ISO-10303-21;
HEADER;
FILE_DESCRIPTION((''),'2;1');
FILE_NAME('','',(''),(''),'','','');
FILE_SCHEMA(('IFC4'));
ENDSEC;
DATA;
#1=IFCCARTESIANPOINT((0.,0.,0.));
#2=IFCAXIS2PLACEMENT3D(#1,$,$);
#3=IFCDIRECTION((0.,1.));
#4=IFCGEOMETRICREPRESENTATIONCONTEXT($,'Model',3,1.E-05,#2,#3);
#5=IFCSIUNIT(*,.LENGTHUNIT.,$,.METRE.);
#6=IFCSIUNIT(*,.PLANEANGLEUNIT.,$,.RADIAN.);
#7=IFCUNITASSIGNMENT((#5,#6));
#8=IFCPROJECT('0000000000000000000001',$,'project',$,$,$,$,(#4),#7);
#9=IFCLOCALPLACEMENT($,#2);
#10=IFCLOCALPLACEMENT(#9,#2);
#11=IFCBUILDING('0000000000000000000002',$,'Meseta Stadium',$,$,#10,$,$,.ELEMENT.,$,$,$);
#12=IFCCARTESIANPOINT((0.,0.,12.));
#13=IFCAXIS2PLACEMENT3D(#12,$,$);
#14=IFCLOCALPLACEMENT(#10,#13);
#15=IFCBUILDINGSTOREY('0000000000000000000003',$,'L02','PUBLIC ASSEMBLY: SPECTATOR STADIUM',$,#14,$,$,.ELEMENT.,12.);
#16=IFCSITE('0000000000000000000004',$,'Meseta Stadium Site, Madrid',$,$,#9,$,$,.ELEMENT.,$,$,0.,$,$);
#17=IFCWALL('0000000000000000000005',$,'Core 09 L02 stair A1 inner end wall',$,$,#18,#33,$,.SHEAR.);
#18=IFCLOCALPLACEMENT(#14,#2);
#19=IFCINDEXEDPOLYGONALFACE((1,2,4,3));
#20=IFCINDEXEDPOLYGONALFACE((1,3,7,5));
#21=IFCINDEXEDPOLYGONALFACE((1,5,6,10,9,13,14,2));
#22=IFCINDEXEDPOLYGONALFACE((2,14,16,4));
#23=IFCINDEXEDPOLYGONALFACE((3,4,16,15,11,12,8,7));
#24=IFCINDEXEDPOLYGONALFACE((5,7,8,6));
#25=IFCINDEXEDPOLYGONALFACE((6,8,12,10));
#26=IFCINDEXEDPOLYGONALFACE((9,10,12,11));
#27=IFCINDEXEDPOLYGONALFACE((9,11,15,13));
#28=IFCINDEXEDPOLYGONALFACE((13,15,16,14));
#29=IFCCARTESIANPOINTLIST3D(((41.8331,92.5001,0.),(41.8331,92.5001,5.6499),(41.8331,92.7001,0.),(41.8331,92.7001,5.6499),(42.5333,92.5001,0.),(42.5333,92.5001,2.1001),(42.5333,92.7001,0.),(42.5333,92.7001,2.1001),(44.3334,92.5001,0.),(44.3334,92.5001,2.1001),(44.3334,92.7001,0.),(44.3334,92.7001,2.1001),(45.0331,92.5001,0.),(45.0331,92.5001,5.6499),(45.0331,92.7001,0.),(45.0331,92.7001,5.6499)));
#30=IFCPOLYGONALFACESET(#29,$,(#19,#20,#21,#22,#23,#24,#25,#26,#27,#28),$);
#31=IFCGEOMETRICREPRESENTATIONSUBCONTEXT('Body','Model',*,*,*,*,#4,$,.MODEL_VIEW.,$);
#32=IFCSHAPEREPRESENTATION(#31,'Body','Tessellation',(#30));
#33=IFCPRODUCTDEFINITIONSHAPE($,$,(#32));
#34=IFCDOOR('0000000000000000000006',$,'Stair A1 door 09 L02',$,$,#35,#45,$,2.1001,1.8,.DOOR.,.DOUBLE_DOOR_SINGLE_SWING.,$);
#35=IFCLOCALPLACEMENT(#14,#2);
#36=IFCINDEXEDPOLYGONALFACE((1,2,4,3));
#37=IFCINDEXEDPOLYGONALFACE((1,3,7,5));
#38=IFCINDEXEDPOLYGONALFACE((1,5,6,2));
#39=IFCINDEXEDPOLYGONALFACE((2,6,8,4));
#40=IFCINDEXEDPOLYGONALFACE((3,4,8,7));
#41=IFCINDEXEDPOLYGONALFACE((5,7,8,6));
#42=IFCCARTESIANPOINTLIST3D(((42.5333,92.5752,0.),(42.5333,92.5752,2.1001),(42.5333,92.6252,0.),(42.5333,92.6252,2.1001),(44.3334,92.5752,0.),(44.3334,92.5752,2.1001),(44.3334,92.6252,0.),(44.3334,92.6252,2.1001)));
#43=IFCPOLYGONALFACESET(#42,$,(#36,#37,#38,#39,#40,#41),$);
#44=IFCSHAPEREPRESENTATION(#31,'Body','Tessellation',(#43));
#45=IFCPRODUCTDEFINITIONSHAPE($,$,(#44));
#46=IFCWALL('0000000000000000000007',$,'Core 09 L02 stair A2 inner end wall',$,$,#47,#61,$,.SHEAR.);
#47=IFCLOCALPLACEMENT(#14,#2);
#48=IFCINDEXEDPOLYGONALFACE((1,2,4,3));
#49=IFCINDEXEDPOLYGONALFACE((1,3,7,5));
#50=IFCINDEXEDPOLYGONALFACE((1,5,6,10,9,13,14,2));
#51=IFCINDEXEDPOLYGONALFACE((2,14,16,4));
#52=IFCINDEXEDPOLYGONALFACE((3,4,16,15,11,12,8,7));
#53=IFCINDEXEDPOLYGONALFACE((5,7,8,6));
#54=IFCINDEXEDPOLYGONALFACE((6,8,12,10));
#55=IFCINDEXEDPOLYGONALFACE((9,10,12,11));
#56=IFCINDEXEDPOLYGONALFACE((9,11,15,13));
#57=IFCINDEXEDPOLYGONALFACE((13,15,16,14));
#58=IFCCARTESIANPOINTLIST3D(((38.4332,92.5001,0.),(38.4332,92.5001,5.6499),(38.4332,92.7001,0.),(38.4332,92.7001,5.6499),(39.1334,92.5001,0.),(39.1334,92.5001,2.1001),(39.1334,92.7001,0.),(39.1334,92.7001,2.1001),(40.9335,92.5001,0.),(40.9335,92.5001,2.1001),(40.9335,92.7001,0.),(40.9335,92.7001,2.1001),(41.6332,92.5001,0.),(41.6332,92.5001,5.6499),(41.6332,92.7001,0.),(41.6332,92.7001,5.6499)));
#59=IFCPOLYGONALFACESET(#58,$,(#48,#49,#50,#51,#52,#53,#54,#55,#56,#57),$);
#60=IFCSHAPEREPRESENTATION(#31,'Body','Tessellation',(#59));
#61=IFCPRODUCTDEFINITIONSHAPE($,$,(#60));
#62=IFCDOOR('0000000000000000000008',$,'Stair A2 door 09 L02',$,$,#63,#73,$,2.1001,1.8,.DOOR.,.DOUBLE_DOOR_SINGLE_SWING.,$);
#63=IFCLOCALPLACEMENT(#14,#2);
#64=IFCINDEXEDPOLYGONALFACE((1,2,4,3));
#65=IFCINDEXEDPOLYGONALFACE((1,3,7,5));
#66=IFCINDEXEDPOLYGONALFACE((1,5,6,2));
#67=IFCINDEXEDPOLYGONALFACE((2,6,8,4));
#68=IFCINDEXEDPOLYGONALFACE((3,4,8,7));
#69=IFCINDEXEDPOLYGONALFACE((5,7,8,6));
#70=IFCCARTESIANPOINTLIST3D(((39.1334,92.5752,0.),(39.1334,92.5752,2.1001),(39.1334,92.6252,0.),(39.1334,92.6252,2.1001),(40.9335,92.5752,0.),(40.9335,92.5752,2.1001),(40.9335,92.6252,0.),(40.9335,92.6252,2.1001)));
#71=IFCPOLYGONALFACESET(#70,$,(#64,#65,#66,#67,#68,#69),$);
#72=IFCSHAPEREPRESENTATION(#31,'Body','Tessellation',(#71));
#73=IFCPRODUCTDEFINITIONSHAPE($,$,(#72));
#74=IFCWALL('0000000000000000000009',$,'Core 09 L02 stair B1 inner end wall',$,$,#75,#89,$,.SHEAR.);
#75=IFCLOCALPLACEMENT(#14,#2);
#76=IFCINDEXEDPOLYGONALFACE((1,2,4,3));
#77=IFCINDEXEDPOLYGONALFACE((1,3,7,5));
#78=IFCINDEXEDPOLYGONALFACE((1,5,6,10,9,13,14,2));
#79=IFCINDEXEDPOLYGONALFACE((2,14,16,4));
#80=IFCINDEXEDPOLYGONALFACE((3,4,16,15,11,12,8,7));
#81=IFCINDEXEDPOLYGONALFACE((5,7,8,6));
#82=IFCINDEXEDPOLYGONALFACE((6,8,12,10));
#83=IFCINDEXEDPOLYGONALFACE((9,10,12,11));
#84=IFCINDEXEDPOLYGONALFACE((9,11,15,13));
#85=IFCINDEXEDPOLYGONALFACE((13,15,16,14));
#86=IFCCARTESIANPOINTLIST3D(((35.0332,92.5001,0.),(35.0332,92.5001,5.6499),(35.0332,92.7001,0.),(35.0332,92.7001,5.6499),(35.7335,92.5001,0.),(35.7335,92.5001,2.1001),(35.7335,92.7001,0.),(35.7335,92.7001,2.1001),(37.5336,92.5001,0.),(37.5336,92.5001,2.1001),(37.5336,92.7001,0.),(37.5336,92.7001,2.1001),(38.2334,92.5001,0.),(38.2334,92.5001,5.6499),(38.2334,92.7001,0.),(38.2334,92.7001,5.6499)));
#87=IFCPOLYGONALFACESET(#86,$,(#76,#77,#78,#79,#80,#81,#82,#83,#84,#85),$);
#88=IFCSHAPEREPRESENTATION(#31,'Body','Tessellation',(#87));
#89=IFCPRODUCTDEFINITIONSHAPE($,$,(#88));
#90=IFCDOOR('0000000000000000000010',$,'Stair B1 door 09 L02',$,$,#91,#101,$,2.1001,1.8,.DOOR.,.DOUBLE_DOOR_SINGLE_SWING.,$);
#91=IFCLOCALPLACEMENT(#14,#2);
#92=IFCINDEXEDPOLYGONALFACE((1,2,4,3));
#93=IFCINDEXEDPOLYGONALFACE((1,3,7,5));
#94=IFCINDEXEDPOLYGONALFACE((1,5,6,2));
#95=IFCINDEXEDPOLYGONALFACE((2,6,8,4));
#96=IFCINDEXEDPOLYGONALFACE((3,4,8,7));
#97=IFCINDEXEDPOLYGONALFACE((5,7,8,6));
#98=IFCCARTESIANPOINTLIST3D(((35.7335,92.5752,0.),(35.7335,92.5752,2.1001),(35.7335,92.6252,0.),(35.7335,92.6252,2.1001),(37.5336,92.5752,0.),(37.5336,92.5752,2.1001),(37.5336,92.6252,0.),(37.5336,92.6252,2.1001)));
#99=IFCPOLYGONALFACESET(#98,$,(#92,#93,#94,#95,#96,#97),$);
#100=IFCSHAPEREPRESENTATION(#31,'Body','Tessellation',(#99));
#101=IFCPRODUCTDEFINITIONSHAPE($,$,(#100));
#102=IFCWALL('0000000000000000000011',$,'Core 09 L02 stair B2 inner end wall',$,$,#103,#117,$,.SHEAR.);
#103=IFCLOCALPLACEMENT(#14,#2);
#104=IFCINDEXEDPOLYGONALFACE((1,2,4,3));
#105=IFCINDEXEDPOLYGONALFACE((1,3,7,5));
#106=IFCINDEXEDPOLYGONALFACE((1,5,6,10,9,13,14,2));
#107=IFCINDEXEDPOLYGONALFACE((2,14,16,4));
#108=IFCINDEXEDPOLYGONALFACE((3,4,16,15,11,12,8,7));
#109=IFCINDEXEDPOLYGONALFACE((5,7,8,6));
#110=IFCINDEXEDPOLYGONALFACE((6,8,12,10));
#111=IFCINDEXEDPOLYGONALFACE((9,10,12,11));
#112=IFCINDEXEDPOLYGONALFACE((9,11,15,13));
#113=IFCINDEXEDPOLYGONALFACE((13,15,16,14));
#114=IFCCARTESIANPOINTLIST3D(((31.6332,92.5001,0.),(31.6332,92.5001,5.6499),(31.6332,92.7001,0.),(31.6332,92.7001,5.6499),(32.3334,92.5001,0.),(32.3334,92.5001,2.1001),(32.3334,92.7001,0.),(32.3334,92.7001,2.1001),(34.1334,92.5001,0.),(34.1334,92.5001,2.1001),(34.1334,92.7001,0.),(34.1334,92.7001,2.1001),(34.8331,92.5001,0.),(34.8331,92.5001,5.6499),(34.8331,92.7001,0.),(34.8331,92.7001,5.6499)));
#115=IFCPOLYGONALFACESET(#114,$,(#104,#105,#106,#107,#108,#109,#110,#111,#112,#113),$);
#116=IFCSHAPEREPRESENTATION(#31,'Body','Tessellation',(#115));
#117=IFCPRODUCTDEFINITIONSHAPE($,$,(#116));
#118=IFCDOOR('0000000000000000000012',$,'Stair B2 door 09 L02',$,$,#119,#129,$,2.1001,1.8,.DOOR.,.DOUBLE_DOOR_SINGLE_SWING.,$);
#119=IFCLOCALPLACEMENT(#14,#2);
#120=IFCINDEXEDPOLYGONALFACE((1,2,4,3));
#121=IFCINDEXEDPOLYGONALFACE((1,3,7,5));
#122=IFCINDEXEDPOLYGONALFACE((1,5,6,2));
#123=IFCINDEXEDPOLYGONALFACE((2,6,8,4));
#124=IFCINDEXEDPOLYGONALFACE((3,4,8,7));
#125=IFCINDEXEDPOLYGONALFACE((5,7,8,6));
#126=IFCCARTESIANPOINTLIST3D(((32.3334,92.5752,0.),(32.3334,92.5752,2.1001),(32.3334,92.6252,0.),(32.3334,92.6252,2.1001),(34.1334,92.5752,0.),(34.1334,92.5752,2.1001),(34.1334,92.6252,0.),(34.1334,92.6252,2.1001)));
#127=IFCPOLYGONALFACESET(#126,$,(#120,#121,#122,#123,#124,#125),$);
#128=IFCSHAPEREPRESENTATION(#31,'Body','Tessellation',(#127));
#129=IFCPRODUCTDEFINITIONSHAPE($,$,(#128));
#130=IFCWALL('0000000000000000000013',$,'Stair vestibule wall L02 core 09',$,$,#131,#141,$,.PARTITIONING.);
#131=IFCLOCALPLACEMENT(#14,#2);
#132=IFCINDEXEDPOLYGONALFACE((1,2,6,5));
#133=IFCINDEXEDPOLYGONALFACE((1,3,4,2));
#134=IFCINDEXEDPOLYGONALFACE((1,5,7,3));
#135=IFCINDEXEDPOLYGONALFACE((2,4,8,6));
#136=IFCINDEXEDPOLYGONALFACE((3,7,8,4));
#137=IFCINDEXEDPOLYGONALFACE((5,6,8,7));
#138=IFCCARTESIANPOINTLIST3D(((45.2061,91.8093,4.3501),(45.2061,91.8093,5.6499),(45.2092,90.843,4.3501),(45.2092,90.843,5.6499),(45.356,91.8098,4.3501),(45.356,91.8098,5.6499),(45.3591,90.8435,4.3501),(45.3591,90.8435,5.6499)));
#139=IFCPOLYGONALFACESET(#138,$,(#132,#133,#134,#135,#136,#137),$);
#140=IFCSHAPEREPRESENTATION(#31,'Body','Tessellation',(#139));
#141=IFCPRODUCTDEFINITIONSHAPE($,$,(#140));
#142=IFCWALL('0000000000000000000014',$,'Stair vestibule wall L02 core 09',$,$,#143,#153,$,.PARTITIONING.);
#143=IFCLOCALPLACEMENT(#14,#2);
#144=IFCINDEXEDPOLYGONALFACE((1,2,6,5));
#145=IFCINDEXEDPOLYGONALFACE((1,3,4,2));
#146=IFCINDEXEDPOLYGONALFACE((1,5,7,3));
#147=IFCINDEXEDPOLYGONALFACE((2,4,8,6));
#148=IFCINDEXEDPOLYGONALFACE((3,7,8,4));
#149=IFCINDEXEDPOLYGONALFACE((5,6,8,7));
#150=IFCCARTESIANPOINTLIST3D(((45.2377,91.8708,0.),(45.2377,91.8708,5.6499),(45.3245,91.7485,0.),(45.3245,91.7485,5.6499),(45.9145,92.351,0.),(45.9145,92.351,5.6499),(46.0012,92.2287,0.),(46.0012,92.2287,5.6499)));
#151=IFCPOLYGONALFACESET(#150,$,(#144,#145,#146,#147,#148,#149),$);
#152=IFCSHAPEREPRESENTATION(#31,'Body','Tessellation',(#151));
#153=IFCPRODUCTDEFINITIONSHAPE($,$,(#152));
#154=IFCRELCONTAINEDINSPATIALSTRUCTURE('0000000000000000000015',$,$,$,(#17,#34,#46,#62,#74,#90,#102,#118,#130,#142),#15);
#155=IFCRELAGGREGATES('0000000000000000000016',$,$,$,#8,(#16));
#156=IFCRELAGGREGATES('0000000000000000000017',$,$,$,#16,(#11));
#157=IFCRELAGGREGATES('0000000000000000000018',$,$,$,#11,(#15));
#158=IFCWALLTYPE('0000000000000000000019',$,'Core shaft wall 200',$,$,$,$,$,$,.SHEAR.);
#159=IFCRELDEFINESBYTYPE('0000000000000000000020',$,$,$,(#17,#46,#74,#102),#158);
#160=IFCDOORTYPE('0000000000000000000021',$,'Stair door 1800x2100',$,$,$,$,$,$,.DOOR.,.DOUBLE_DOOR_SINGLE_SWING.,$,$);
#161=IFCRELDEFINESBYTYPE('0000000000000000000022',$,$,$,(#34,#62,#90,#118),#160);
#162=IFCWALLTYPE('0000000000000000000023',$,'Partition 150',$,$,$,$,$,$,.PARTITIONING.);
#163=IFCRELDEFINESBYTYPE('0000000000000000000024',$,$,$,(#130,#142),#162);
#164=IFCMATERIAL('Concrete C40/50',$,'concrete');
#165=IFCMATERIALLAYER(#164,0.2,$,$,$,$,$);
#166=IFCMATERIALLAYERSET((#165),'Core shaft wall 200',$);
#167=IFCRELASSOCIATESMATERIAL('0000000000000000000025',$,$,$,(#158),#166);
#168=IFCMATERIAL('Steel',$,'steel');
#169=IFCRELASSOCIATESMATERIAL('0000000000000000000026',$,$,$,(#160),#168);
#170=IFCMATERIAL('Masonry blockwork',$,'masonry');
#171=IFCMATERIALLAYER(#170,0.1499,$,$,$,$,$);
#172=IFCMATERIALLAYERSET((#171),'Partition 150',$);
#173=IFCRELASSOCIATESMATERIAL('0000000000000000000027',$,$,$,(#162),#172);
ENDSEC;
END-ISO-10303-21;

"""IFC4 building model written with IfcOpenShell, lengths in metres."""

from ifc_helpers import new_model, si_unit, direction, frame, frame_2d, origin, place, context, subcontext, project, spatial, rectangle, extrude, material, layer, layer_set, type_object, element, fill, save


model = new_model("IFC4")

# Units and contexts
model_context = context("Model", 3, precision=1e-05, world=origin(), true_north=direction((0.0, 1.0)))
body_context = subcontext(model_context, "Body", "Model", "MODEL_VIEW")
ifc_project = project(units=[si_unit("LENGTHUNIT", "METRE"), si_unit("PLANEANGLEUNIT", "RADIAN")], contexts=[model_context])

# Site, building, storey
site_placement = place(None, origin())
site = spatial("IfcSite", under=ifc_project, at=site_placement, Name="Meseta Stadium Site, Madrid", CompositionType="ELEMENT", RefElevation=0.0)
building_placement = place(site_placement, origin())
building = spatial("IfcBuilding", under=site, at=building_placement, Name="Meseta Stadium", CompositionType="ELEMENT")
storey_placement = place(building_placement, frame((0.0, 0.0, 12.0)))
storey = spatial("IfcBuildingStorey", under=building, at=storey_placement, Name="L02", Description="PUBLIC ASSEMBLY: SPECTATOR STADIUM", CompositionType="ELEMENT", Elevation=12.0)

# Walls, openings, doors
ifc_material_1 = material(Name="Concrete C40/50", Category="concrete")
ifc_layer_1 = layer(ifc_material_1, 0.2)
ifc_layer_set_1 = layer_set([ifc_layer_1], Name="Core shaft wall 200")
wall_type_1 = type_object("IfcWallType", Name="Core shaft wall 200", PredefinedType="SHEAR", material=ifc_layer_set_1)
wall_1_placement = place(storey_placement, frame((45.0332, 92.6001, 0.0), z_axis=(0.0, 0.0, 1.0), x_axis=(-1.0, 0.0, 0.0)))
wall_1 = element("IfcWall", 1, at=wall_1_placement, inside=storey, type_object=wall_type_1, Name="Core 09 L02 stair A1 inner end wall", PredefinedType="SHEAR", context=body_context, shape_type="SweptSolid", body=[
    extrude(rectangle(XDim=3.2, YDim=0.2, at=frame_2d((1.6001, 0.0))), origin(), (0.0, 0.0, 1.0), 5.6499),
])
opening_1_placement = place(wall_1_placement, frame((0.7, 0.0, 0.0)))
opening_1 = element("IfcOpeningElement", 2, at=opening_1_placement, cuts=wall_1, PredefinedType="OPENING", context=body_context, shape_type="SweptSolid", body=[
    extrude(rectangle(XDim=1.8, YDim=2.1001, at=frame_2d((0.8999, 1.05))), frame((0.0, 0.1099, 0.0), z_axis=(0.0, -1.0, 0.0), x_axis=(1.0, 0.0, 0.0)), (0.0, 0.0, 1.0), 0.22),
])
ifc_material_2 = material(Name="Steel", Category="steel")
door_type = type_object("IfcDoorType", Name="Stair door 1800x2100", OperationType="DOUBLE_DOOR_SINGLE_SWING", PredefinedType="DOOR", material=ifc_material_2)
door_1_placement = place(opening_1_placement, origin())
door_1 = element("IfcDoor", 3, at=door_1_placement, inside=storey, type_object=door_type, Name="Stair A1 door 09 L02", OperationType="DOUBLE_DOOR_SINGLE_SWING", OverallHeight=2.1001, OverallWidth=1.8, PredefinedType="DOOR", context=body_context, shape_type="SweptSolid", body=[
    extrude(rectangle(XDim=1.8, YDim=2.1001, at=frame_2d((0.8999, 1.05))), frame((0.0, 0.0249, 0.0), z_axis=(0.0, -1.0, 0.0), x_axis=(1.0, 0.0, 0.0)), (0.0, 0.0, 1.0), 0.05),
])
fill(opening_1, door_1)
wall_2_placement = place(storey_placement, frame((41.6333, 92.6001, 0.0), z_axis=(0.0, 0.0, 1.0), x_axis=(-1.0, 0.0, 0.0)))
wall_2 = element("IfcWall", 4, at=wall_2_placement, inside=storey, type_object=wall_type_1, Name="Core 09 L02 stair A2 inner end wall", PredefinedType="SHEAR", context=body_context, shape_type="SweptSolid", body=[
    extrude(rectangle(XDim=3.2, YDim=0.2, at=frame_2d((1.6001, 0.0))), origin(), (0.0, 0.0, 1.0), 5.6499),
])
opening_2_placement = place(wall_2_placement, frame((0.7, 0.0, 0.0)))
opening_2 = element("IfcOpeningElement", 5, at=opening_2_placement, cuts=wall_2, PredefinedType="OPENING", context=body_context, shape_type="SweptSolid", body=[
    extrude(rectangle(XDim=1.8, YDim=2.1001, at=frame_2d((0.8999, 1.05))), frame((0.0, 0.1099, 0.0), z_axis=(0.0, -1.0, 0.0), x_axis=(1.0, 0.0, 0.0)), (0.0, 0.0, 1.0), 0.22),
])
door_2_placement = place(opening_2_placement, origin())
door_2 = element("IfcDoor", 6, at=door_2_placement, inside=storey, type_object=door_type, Name="Stair A2 door 09 L02", OperationType="DOUBLE_DOOR_SINGLE_SWING", OverallHeight=2.1001, OverallWidth=1.8, PredefinedType="DOOR", context=body_context, shape_type="SweptSolid", body=[
    extrude(rectangle(XDim=1.8, YDim=2.1001, at=frame_2d((0.8999, 1.05))), frame((0.0, 0.0249, 0.0), z_axis=(0.0, -1.0, 0.0), x_axis=(1.0, 0.0, 0.0)), (0.0, 0.0, 1.0), 0.05),
])
fill(opening_2, door_2)
wall_3_placement = place(storey_placement, frame((38.2334, 92.6001, 0.0), z_axis=(0.0, 0.0, 1.0), x_axis=(-1.0, 0.0, 0.0)))
wall_3 = element("IfcWall", 7, at=wall_3_placement, inside=storey, type_object=wall_type_1, Name="Core 09 L02 stair B1 inner end wall", PredefinedType="SHEAR", context=body_context, shape_type="SweptSolid", body=[
    extrude(rectangle(XDim=3.2002, YDim=0.2, at=frame_2d((1.6001, 0.0))), origin(), (0.0, 0.0, 1.0), 5.6499),
])
opening_3_placement = place(wall_3_placement, frame((0.7, 0.0, 0.0)))
opening_3 = element("IfcOpeningElement", 8, at=opening_3_placement, cuts=wall_3, PredefinedType="OPENING", context=body_context, shape_type="SweptSolid", body=[
    extrude(rectangle(XDim=1.8, YDim=2.1001, at=frame_2d((0.8999, 1.05))), frame((0.0, 0.1099, 0.0), z_axis=(0.0, -1.0, 0.0), x_axis=(1.0, 0.0, 0.0)), (0.0, 0.0, 1.0), 0.22),
])
door_3_placement = place(opening_3_placement, origin())
door_3 = element("IfcDoor", 9, at=door_3_placement, inside=storey, type_object=door_type, Name="Stair B1 door 09 L02", OperationType="DOUBLE_DOOR_SINGLE_SWING", OverallHeight=2.1001, OverallWidth=1.8, PredefinedType="DOOR", context=body_context, shape_type="SweptSolid", body=[
    extrude(rectangle(XDim=1.8, YDim=2.1001, at=frame_2d((0.8999, 1.05))), frame((0.0, 0.0249, 0.0), z_axis=(0.0, -1.0, 0.0), x_axis=(1.0, 0.0, 0.0)), (0.0, 0.0, 1.0), 0.05),
])
fill(opening_3, door_3)
wall_4_placement = place(storey_placement, frame((34.8333, 92.6001, 0.0), z_axis=(0.0, 0.0, 1.0), x_axis=(-1.0, 0.0, 0.0)))
wall_4 = element("IfcWall", 10, at=wall_4_placement, inside=storey, type_object=wall_type_1, Name="Core 09 L02 stair B2 inner end wall", PredefinedType="SHEAR", context=body_context, shape_type="SweptSolid", body=[
    extrude(rectangle(XDim=3.2, YDim=0.2, at=frame_2d((1.6001, 0.0))), origin(), (0.0, 0.0, 1.0), 5.6499),
])
opening_4_placement = place(wall_4_placement, frame((0.7, 0.0, 0.0)))
opening_4 = element("IfcOpeningElement", 11, at=opening_4_placement, cuts=wall_4, PredefinedType="OPENING", context=body_context, shape_type="SweptSolid", body=[
    extrude(rectangle(XDim=1.8, YDim=2.1001, at=frame_2d((0.8999, 1.05))), frame((0.0, 0.1099, 0.0), z_axis=(0.0, -1.0, 0.0), x_axis=(1.0, 0.0, 0.0)), (0.0, 0.0, 1.0), 0.22),
])
door_4_placement = place(opening_4_placement, origin())
door_4 = element("IfcDoor", 12, at=door_4_placement, inside=storey, type_object=door_type, Name="Stair B2 door 09 L02", OperationType="DOUBLE_DOOR_SINGLE_SWING", OverallHeight=2.1001, OverallWidth=1.8, PredefinedType="DOOR", context=body_context, shape_type="SweptSolid", body=[
    extrude(rectangle(XDim=1.8, YDim=2.1001, at=frame_2d((0.8999, 1.05))), frame((0.0, 0.0249, 0.0), z_axis=(0.0, -1.0, 0.0), x_axis=(1.0, 0.0, 0.0)), (0.0, 0.0, 1.0), 0.05),
])
fill(opening_4, door_4)

# Walls
ifc_material_3 = material(Name="Masonry blockwork", Category="masonry")
ifc_layer_2 = layer(ifc_material_3, 0.1499)
ifc_layer_set_2 = layer_set([ifc_layer_2], Name="Partition 150")
wall_type_2 = type_object("IfcWallType", Name="Partition 150", PredefinedType="PARTITIONING", material=ifc_layer_set_2)
wall_5_placement = place(storey_placement, frame((45.2842, 90.8433, 4.3501), z_axis=(0.0, 0.0, 1.0), x_axis=(-0.003284, 0.999995, 0.0)))
element("IfcWall", 13, at=wall_5_placement, inside=storey, type_object=wall_type_2, Name="Stair vestibule wall L02 core 09", PredefinedType="PARTITIONING", context=body_context, shape_type="SweptSolid", body=[
    extrude(rectangle(XDim=0.9663, YDim=0.1499, at=frame_2d((0.4832, 0.0))), origin(), (0.0, 0.0, 1.0), 1.2998),
])
wall_6_placement = place(storey_placement, frame((45.281, 91.8096, 0.0), z_axis=(0.0, 0.0, 1.0), x_axis=(0.815538, 0.578703, 0.0)))
element("IfcWall", 14, at=wall_6_placement, inside=storey, type_object=wall_type_2, Name="Stair vestibule wall L02 core 09", PredefinedType="PARTITIONING", context=body_context, shape_type="SweptSolid", body=[
    extrude(rectangle(XDim=0.8298, YDim=0.1499, at=frame_2d((0.415, 0.0))), origin(), (0.0, 0.0, 1.0), 5.6499),
])

save(model, "model.ifc")
